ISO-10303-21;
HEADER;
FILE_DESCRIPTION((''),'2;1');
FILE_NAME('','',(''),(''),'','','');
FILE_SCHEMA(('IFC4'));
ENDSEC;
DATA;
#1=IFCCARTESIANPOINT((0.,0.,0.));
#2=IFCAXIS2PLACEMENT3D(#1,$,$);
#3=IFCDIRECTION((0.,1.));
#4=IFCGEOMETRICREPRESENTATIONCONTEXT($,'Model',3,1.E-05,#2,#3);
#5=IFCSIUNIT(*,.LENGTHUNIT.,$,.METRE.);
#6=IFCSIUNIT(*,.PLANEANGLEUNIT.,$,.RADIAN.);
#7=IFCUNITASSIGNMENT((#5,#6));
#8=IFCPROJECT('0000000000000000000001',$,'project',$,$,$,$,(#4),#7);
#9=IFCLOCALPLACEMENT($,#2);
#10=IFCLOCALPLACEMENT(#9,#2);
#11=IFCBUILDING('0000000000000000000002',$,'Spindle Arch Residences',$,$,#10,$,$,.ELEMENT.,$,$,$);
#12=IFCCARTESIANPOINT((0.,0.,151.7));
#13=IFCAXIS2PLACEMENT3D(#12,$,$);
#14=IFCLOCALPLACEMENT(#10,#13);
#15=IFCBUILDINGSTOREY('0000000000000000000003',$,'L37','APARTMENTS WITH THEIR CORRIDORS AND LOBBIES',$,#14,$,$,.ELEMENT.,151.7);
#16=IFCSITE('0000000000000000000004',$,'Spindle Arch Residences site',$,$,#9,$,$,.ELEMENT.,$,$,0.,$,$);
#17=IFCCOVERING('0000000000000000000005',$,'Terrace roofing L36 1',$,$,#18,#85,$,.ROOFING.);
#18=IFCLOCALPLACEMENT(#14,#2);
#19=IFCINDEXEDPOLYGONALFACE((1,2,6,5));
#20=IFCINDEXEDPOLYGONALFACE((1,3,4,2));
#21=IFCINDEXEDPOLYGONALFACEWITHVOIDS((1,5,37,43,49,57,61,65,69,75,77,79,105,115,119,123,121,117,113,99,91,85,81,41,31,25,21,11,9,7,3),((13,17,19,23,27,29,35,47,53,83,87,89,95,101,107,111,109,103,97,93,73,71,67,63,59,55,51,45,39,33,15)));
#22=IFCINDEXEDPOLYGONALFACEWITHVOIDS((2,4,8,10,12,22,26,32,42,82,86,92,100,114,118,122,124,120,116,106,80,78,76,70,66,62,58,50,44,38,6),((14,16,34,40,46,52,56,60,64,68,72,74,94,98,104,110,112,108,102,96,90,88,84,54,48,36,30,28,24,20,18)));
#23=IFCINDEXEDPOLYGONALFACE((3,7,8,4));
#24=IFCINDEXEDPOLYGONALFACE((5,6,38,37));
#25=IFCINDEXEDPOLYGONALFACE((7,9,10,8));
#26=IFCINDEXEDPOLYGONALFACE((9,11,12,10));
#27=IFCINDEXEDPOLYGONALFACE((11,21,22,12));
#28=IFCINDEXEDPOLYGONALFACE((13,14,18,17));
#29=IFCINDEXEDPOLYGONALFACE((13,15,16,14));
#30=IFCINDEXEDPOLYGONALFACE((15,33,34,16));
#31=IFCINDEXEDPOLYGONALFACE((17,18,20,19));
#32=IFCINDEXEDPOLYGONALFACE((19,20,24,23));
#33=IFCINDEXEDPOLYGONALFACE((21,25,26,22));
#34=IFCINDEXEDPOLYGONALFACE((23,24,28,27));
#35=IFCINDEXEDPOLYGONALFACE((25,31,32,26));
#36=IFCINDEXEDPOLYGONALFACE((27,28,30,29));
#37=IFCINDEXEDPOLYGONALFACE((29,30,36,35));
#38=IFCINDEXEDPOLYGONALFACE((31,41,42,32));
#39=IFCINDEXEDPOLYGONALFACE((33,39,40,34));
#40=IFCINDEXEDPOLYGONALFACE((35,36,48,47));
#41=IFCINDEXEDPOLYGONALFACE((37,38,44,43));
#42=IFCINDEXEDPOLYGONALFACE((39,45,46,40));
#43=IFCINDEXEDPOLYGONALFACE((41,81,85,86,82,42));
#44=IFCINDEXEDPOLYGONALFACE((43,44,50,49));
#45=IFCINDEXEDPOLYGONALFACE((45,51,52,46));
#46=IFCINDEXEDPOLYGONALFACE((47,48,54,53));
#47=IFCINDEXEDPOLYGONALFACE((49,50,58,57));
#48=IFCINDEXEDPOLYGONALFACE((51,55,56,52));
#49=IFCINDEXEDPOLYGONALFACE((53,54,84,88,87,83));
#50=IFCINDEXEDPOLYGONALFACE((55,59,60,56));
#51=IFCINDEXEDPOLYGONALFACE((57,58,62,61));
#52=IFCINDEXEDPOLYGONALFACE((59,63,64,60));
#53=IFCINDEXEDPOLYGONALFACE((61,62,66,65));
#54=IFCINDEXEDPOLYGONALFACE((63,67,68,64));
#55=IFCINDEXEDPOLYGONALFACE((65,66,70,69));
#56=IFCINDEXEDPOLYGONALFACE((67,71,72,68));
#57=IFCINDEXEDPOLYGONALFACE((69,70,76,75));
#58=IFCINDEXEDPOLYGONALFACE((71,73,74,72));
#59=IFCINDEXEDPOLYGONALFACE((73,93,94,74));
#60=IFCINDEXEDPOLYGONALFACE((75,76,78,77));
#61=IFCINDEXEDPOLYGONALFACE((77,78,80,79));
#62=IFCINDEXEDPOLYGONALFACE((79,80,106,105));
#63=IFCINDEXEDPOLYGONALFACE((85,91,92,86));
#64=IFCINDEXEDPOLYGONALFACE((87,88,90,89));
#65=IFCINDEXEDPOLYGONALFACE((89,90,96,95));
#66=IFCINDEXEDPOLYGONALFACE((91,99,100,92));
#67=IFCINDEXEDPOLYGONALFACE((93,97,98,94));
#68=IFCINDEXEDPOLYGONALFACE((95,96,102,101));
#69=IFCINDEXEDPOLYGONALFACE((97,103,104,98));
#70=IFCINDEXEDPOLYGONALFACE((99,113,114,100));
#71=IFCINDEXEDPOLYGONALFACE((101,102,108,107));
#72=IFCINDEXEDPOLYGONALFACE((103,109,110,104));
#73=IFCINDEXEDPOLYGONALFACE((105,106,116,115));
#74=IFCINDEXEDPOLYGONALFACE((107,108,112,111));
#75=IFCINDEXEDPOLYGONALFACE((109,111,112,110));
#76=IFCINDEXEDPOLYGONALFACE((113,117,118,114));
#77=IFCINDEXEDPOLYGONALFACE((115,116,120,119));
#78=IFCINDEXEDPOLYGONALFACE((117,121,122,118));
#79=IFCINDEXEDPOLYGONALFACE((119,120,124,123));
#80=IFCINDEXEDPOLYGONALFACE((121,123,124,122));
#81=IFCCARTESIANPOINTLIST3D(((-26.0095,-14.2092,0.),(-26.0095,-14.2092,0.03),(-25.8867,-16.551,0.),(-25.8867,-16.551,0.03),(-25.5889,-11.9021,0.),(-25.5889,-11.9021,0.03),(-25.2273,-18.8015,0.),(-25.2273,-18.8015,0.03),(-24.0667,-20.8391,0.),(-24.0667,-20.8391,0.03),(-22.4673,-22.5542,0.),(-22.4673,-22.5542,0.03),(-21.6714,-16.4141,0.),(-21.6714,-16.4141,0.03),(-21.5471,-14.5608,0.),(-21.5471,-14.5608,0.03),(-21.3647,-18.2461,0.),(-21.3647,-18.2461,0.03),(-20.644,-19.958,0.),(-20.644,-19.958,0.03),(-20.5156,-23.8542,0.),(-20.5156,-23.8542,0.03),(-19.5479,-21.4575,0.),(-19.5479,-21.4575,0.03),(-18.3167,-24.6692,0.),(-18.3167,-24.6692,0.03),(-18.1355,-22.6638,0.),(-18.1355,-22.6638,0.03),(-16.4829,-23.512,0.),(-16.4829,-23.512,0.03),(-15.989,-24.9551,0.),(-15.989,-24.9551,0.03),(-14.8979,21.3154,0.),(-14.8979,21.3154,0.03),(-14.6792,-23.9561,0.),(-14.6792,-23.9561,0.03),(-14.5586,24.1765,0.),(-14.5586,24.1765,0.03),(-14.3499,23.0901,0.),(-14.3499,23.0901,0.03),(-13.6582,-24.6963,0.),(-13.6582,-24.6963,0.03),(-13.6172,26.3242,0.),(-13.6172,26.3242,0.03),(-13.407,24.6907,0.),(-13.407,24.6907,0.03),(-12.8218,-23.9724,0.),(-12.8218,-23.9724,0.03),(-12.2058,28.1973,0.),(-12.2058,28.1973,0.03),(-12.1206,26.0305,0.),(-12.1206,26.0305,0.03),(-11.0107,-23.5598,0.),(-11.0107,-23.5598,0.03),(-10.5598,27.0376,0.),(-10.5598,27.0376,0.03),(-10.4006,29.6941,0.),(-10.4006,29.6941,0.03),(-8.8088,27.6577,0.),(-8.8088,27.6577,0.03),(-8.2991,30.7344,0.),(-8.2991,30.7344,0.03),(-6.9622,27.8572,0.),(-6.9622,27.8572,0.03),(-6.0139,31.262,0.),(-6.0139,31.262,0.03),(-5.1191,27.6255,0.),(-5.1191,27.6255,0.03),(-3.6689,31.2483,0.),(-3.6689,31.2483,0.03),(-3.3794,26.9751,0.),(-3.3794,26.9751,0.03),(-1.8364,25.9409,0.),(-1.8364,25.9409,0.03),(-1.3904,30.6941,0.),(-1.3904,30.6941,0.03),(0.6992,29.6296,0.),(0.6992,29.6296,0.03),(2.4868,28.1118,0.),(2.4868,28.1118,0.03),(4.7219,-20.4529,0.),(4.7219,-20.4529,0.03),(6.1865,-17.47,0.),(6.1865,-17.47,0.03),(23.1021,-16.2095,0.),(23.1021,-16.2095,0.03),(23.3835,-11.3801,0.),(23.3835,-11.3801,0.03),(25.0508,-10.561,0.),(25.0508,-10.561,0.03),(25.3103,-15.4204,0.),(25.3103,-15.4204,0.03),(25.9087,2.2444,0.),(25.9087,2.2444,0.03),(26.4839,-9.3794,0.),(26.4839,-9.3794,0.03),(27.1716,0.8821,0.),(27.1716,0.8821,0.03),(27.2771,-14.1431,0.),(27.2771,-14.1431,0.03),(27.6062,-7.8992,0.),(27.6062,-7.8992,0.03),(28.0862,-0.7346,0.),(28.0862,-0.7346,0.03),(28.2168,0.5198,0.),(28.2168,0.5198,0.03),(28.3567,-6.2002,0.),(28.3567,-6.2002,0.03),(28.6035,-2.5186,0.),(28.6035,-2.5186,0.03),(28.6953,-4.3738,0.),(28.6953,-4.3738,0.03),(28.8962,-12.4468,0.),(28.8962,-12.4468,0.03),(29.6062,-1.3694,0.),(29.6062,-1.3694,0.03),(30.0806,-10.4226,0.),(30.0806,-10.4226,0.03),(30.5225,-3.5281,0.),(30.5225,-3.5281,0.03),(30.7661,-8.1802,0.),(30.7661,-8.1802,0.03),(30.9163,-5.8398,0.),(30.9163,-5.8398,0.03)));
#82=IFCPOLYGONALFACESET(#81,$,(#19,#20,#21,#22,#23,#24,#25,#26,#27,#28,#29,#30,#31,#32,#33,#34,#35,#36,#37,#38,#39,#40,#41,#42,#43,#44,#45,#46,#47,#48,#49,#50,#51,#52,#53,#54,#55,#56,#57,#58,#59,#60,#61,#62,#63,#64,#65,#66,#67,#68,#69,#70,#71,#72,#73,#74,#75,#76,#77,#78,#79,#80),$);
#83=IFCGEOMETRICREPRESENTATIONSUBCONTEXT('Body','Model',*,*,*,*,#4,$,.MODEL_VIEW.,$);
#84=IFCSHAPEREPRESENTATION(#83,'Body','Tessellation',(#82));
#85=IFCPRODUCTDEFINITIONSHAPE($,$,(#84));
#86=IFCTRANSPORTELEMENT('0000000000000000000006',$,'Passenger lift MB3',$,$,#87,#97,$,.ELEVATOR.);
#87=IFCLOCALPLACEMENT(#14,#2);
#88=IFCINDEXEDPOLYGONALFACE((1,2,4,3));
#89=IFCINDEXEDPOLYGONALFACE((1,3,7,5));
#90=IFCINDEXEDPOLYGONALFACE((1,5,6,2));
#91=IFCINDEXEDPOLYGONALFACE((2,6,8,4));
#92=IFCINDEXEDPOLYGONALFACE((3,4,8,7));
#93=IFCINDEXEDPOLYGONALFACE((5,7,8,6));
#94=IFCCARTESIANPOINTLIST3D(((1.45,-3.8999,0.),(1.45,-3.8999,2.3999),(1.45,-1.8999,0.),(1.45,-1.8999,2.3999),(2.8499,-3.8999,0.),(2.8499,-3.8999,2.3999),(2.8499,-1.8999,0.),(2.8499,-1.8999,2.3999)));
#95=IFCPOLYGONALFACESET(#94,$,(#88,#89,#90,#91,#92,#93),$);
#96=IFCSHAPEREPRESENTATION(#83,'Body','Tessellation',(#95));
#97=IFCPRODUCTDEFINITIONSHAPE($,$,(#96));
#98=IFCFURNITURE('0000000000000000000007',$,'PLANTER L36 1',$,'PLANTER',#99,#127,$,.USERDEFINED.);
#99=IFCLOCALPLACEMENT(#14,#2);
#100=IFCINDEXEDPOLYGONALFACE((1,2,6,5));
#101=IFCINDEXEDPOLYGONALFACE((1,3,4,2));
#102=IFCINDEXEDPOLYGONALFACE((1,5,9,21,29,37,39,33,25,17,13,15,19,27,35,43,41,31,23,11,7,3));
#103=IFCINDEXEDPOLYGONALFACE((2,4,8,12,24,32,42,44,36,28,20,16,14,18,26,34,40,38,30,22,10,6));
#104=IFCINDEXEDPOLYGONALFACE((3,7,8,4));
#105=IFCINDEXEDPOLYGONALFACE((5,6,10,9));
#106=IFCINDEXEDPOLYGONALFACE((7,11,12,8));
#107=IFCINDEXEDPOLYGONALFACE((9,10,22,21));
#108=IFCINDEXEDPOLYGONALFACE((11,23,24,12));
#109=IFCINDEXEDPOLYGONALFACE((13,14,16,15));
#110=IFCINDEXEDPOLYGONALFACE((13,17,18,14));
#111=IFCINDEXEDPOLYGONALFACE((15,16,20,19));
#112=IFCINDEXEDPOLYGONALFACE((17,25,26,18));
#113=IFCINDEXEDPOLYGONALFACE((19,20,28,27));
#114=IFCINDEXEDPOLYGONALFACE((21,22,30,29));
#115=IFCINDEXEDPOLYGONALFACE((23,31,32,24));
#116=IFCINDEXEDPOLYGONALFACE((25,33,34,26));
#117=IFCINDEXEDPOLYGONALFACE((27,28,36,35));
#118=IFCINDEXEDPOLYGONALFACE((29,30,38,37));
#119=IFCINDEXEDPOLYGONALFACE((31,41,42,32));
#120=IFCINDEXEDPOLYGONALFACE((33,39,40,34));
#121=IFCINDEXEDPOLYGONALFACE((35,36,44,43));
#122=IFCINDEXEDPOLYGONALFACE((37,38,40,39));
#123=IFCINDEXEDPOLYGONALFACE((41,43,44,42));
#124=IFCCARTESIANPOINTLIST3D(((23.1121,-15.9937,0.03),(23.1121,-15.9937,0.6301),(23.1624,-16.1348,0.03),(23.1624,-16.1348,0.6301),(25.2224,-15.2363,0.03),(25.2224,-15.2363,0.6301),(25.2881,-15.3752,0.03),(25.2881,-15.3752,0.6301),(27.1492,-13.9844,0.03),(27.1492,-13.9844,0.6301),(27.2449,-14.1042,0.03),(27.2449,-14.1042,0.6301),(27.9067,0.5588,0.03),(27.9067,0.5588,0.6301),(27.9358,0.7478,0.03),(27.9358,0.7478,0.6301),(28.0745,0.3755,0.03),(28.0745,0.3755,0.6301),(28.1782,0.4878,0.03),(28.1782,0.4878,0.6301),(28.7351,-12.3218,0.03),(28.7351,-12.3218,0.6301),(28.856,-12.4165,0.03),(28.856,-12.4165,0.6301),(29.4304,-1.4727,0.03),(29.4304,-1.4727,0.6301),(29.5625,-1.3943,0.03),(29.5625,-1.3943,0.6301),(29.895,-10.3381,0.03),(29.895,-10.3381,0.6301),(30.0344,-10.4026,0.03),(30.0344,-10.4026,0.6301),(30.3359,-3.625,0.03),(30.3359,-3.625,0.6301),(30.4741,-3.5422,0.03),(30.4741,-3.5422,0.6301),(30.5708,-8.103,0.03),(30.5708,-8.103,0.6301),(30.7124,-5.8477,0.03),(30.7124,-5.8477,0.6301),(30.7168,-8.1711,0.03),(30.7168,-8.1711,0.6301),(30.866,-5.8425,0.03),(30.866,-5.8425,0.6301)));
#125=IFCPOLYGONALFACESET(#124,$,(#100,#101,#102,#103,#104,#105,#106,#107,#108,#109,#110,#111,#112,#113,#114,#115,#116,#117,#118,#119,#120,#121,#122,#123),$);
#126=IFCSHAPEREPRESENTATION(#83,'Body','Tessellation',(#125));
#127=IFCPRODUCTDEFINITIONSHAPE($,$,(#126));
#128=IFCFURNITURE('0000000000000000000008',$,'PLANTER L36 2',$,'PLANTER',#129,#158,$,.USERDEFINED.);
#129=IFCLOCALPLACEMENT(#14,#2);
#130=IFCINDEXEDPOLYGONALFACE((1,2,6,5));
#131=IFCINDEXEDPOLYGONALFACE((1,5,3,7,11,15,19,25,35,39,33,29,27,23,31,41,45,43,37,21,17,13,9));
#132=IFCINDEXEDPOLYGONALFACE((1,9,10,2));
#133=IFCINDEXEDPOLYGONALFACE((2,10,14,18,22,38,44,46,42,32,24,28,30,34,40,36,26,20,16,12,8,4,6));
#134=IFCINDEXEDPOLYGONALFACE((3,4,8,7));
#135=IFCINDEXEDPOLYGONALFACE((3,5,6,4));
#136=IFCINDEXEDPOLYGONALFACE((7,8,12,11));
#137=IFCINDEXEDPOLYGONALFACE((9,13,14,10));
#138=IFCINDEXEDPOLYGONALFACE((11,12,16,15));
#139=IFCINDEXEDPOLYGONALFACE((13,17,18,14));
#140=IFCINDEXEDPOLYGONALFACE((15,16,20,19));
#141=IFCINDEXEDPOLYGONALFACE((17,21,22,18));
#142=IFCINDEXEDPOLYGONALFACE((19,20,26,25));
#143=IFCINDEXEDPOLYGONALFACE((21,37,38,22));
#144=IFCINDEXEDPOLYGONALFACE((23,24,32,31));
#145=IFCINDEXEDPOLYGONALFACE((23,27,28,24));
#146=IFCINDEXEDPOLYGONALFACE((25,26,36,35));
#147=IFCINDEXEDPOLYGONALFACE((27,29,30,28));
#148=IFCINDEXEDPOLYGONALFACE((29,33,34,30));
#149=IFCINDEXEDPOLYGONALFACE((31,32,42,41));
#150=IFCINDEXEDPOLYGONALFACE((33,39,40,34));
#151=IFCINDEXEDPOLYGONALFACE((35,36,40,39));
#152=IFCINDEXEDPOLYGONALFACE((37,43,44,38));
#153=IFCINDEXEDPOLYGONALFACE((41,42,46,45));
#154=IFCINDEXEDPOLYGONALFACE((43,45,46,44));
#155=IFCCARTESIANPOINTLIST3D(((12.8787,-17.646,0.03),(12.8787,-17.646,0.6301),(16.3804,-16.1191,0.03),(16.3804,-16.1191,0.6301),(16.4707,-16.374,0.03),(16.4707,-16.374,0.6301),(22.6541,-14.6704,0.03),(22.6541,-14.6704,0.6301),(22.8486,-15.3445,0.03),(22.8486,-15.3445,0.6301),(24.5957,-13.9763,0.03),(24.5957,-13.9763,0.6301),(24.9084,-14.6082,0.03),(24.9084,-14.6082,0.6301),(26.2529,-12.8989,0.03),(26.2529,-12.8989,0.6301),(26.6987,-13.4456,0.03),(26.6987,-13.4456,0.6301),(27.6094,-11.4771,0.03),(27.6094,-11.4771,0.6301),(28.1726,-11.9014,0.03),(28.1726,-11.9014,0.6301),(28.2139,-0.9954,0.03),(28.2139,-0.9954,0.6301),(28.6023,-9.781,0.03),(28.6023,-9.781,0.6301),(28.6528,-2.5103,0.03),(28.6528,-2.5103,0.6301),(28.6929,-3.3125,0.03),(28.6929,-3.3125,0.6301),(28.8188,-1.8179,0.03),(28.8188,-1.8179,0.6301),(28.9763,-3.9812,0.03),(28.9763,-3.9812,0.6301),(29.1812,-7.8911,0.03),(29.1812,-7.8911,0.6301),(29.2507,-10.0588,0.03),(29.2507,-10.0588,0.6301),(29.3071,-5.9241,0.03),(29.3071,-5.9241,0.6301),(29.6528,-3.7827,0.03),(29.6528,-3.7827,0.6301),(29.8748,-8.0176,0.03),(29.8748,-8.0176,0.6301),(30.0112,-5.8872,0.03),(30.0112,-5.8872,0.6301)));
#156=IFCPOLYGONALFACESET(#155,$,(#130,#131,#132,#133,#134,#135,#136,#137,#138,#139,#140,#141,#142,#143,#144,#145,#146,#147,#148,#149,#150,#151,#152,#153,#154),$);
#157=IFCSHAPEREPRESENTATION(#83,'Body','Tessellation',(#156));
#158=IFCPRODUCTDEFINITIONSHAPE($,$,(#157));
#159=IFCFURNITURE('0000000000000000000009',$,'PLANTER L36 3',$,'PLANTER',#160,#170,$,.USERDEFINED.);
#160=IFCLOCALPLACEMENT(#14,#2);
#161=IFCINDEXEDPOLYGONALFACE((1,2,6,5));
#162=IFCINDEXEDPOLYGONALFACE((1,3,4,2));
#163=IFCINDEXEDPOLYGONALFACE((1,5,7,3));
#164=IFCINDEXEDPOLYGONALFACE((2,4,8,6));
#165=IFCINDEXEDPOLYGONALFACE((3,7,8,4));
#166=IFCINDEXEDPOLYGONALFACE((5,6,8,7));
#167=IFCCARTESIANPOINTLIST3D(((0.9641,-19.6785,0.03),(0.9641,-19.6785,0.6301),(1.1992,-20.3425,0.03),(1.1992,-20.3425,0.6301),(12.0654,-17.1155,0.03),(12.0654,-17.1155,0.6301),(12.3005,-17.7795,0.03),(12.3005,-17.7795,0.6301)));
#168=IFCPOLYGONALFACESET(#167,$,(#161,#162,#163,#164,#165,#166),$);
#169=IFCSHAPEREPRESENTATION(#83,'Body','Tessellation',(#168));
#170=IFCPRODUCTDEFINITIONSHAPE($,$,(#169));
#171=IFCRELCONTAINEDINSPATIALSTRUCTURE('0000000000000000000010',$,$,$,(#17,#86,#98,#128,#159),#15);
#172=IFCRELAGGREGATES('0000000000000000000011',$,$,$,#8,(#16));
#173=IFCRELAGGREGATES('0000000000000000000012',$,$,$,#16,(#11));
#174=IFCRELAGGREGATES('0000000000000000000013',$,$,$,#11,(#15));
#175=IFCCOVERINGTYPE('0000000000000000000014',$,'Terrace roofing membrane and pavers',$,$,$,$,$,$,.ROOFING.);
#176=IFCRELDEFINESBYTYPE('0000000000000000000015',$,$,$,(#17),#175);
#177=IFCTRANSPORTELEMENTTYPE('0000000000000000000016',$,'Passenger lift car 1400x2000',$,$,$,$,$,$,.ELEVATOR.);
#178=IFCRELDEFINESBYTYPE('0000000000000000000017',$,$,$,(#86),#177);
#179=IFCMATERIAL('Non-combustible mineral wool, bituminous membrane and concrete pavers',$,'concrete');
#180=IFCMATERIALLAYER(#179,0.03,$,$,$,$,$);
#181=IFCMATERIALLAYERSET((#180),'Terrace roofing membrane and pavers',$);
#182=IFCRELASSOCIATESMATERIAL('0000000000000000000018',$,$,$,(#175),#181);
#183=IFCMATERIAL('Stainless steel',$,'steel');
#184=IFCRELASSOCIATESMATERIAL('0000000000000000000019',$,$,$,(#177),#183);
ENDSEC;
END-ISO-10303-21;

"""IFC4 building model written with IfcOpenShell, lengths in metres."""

from ifc_helpers import new_model, si_unit, direction, frame, origin, origin_2d, place, context, subcontext, project, spatial, polyline, rectangle, outline, extrude, material, layer, layer_set, type_object, element, save


model = new_model("IFC4")

# Units and contexts
model_context = context("Model", 3, precision=1e-05, world=origin(), true_north=direction((0.0, 1.0)))
body_context = subcontext(model_context, "Body", "Model", "MODEL_VIEW")
ifc_project = project(units=[si_unit("LENGTHUNIT", "METRE"), si_unit("PLANEANGLEUNIT", "RADIAN")], contexts=[model_context])

# Site, building, storey
site_placement = place(None, origin())
site = spatial("IfcSite", under=ifc_project, at=site_placement, Name="Spindle Arch Residences site", CompositionType="ELEMENT", RefElevation=0.0)
building_placement = place(site_placement, origin())
building = spatial("IfcBuilding", under=site, at=building_placement, Name="Spindle Arch Residences", CompositionType="ELEMENT")
storey_placement = place(building_placement, frame((0.0, 0.0, 151.7)))
storey = spatial("IfcBuildingStorey", under=building, at=storey_placement, Name="L37", Description="APARTMENTS WITH THEIR CORRIDORS AND LOBBIES", CompositionType="ELEMENT", Elevation=151.7)

# Covering
ifc_material_1 = material(Name="Non-combustible mineral wool, bituminous membrane and concrete pavers", Category="concrete")
ifc_layer_1 = layer(ifc_material_1, 0.03)
ifc_layer_set_1 = layer_set([ifc_layer_1], Name="Terrace roofing membrane and pavers")
covering_type = type_object("IfcCoveringType", Name="Terrace roofing membrane and pavers", PredefinedType="ROOFING", material=ifc_layer_set_1)
covering_placement = place(storey_placement, origin())
element("IfcCovering", 1, at=covering_placement, inside=storey, type_object=covering_type, Name="Terrace roofing L36 1", PredefinedType="ROOFING", context=body_context, shape_type="SweptSolid", body=[
    extrude(outline(polyline([(-13.6582, -24.6963), (-15.989, -24.9551), (-18.3167, -24.6692), (-20.5156, -23.8542), (-22.4673, -22.5542), (-24.0667, -20.8391), (-25.2273, -18.8015), (-25.8867, -16.551), (-26.0095, -14.2092), (-25.5889, -11.9021), (-14.5586, 24.1765), (-13.6172, 26.3242), (-12.2058, 28.1973), (-10.4006, 29.6941), (-8.2991, 30.7344), (-6.0139, 31.262), (-3.6689, 31.2483), (-1.3904, 30.6941), (0.6992, 29.6296), (2.4868, 28.1118), (28.2168, 0.5198), (29.6062, -1.3694), (30.5225, -3.5281), (30.9163, -5.8398), (30.7661, -8.1802), (30.0806, -10.4226), (28.8962, -12.4468), (27.2771, -14.1431), (25.3103, -15.4204), (23.1021, -16.2095), (4.7219, -20.4529), (-13.6582, -24.6963)]), holes=[polyline([(23.3835, -11.3801), (25.0508, -10.561), (26.4839, -9.3794), (27.6062, -7.8992), (28.3567, -6.2002), (28.6953, -4.3738), (28.6035, -2.5186), (28.0862, -0.7346), (27.1716, 0.8821), (25.9087, 2.2444), (-1.8364, 25.9409), (-3.3794, 26.9751), (-5.1191, 27.6255), (-6.9622, 27.8572), (-8.8088, 27.6577), (-10.5598, 27.0376), (-12.1206, 26.0305), (-13.407, 24.6907), (-14.3499, 23.0901), (-14.8979, 21.3154), (-21.5471, -14.5608), (-21.6714, -16.4141), (-21.3647, -18.2461), (-20.644, -19.958), (-19.5479, -21.4575), (-18.1355, -22.6638), (-16.4829, -23.512), (-14.6792, -23.9561), (-12.8218, -23.9724), (-11.0107, -23.5598), (6.1865, -17.47), (23.3835, -11.3801)])]), origin(), (0.0, 0.0, 1.0), 0.03),
])

# Transport element
ifc_material_2 = material(Name="Stainless steel", Category="steel")
transport_element_type = type_object("IfcTransportElementType", Name="Passenger lift car 1400x2000", PredefinedType="ELEVATOR", material=ifc_material_2)
transport_element_placement = place(storey_placement, frame((2.1499, -2.8999, 0.0), z_axis=(0.0, 0.0, 1.0), x_axis=(1.0, 0.0, 0.0)))
element("IfcTransportElement", 2, at=transport_element_placement, inside=storey, type_object=transport_element_type, Name="Passenger lift MB3", PredefinedType="ELEVATOR", context=body_context, shape_type="SweptSolid", body=[
    extrude(rectangle(XDim=1.3999, YDim=2.0, at=origin_2d()), origin(), (0.0, 0.0, 1.0), 2.3999),
])

# Furniture
furniture_1_placement = place(storey_placement, frame((0.0, 0.0, 0.03)))
element("IfcFurniture", 3, at=furniture_1_placement, inside=storey, Name="PLANTER L36 1", ObjectType="PLANTER", PredefinedType="USERDEFINED", context=body_context, shape_type="SweptSolid", body=[
    extrude(outline(polyline([(29.5625, -1.3943), (30.4741, -3.5422), (30.866, -5.8425), (30.7168, -8.1711), (30.0344, -10.4026), (28.856, -12.4165), (27.2449, -14.1042), (25.2881, -15.3752), (23.1624, -16.1348), (23.1121, -15.9937), (25.2224, -15.2363), (27.1492, -13.9844), (28.7351, -12.3218), (29.895, -10.3381), (30.5708, -8.103), (30.7124, -5.8477), (30.3359, -3.625), (29.4304, -1.4727), (28.0745, 0.3755), (27.9067, 0.5588), (27.9358, 0.7478), (28.1782, 0.4878), (29.5625, -1.3943)])), origin(), (0.0, 0.0, 1.0), 0.6001),
])
furniture_2_placement = place(storey_placement, frame((0.0, 0.0, 0.03)))
element("IfcFurniture", 4, at=furniture_2_placement, inside=storey, Name="PLANTER L36 2", ObjectType="PLANTER", PredefinedType="USERDEFINED", context=body_context, shape_type="SweptSolid", body=[
    extrude(outline(polyline([(28.6528, -2.5103), (28.2139, -0.9954), (28.8188, -1.8179), (29.6528, -3.7827), (30.0112, -5.8872), (29.8748, -8.0176), (29.2507, -10.0588), (28.1726, -11.9014), (26.6987, -13.4456), (24.9084, -14.6082), (22.8486, -15.3445), (12.8787, -17.646), (16.4707, -16.374), (16.3804, -16.1191), (22.6541, -14.6704), (24.5957, -13.9763), (26.2529, -12.8989), (27.6094, -11.4771), (28.6023, -9.781), (29.1812, -7.8911), (29.3071, -5.9241), (28.9763, -3.9812), (28.6929, -3.3125), (28.6528, -2.5103)])), origin(), (0.0, 0.0, 1.0), 0.6001),
])
furniture_3_placement = place(storey_placement, frame((0.0, 0.0, 0.03)))
element("IfcFurniture", 5, at=furniture_3_placement, inside=storey, Name="PLANTER L36 3", ObjectType="PLANTER", PredefinedType="USERDEFINED", context=body_context, shape_type="SweptSolid", body=[
    extrude(outline(polyline([(1.1992, -20.3425), (0.9641, -19.6785), (12.0654, -17.1155), (12.3005, -17.7795), (1.1992, -20.3425)])), origin(), (0.0, 0.0, 1.0), 0.6001),
])

save(model, "model.ifc")
